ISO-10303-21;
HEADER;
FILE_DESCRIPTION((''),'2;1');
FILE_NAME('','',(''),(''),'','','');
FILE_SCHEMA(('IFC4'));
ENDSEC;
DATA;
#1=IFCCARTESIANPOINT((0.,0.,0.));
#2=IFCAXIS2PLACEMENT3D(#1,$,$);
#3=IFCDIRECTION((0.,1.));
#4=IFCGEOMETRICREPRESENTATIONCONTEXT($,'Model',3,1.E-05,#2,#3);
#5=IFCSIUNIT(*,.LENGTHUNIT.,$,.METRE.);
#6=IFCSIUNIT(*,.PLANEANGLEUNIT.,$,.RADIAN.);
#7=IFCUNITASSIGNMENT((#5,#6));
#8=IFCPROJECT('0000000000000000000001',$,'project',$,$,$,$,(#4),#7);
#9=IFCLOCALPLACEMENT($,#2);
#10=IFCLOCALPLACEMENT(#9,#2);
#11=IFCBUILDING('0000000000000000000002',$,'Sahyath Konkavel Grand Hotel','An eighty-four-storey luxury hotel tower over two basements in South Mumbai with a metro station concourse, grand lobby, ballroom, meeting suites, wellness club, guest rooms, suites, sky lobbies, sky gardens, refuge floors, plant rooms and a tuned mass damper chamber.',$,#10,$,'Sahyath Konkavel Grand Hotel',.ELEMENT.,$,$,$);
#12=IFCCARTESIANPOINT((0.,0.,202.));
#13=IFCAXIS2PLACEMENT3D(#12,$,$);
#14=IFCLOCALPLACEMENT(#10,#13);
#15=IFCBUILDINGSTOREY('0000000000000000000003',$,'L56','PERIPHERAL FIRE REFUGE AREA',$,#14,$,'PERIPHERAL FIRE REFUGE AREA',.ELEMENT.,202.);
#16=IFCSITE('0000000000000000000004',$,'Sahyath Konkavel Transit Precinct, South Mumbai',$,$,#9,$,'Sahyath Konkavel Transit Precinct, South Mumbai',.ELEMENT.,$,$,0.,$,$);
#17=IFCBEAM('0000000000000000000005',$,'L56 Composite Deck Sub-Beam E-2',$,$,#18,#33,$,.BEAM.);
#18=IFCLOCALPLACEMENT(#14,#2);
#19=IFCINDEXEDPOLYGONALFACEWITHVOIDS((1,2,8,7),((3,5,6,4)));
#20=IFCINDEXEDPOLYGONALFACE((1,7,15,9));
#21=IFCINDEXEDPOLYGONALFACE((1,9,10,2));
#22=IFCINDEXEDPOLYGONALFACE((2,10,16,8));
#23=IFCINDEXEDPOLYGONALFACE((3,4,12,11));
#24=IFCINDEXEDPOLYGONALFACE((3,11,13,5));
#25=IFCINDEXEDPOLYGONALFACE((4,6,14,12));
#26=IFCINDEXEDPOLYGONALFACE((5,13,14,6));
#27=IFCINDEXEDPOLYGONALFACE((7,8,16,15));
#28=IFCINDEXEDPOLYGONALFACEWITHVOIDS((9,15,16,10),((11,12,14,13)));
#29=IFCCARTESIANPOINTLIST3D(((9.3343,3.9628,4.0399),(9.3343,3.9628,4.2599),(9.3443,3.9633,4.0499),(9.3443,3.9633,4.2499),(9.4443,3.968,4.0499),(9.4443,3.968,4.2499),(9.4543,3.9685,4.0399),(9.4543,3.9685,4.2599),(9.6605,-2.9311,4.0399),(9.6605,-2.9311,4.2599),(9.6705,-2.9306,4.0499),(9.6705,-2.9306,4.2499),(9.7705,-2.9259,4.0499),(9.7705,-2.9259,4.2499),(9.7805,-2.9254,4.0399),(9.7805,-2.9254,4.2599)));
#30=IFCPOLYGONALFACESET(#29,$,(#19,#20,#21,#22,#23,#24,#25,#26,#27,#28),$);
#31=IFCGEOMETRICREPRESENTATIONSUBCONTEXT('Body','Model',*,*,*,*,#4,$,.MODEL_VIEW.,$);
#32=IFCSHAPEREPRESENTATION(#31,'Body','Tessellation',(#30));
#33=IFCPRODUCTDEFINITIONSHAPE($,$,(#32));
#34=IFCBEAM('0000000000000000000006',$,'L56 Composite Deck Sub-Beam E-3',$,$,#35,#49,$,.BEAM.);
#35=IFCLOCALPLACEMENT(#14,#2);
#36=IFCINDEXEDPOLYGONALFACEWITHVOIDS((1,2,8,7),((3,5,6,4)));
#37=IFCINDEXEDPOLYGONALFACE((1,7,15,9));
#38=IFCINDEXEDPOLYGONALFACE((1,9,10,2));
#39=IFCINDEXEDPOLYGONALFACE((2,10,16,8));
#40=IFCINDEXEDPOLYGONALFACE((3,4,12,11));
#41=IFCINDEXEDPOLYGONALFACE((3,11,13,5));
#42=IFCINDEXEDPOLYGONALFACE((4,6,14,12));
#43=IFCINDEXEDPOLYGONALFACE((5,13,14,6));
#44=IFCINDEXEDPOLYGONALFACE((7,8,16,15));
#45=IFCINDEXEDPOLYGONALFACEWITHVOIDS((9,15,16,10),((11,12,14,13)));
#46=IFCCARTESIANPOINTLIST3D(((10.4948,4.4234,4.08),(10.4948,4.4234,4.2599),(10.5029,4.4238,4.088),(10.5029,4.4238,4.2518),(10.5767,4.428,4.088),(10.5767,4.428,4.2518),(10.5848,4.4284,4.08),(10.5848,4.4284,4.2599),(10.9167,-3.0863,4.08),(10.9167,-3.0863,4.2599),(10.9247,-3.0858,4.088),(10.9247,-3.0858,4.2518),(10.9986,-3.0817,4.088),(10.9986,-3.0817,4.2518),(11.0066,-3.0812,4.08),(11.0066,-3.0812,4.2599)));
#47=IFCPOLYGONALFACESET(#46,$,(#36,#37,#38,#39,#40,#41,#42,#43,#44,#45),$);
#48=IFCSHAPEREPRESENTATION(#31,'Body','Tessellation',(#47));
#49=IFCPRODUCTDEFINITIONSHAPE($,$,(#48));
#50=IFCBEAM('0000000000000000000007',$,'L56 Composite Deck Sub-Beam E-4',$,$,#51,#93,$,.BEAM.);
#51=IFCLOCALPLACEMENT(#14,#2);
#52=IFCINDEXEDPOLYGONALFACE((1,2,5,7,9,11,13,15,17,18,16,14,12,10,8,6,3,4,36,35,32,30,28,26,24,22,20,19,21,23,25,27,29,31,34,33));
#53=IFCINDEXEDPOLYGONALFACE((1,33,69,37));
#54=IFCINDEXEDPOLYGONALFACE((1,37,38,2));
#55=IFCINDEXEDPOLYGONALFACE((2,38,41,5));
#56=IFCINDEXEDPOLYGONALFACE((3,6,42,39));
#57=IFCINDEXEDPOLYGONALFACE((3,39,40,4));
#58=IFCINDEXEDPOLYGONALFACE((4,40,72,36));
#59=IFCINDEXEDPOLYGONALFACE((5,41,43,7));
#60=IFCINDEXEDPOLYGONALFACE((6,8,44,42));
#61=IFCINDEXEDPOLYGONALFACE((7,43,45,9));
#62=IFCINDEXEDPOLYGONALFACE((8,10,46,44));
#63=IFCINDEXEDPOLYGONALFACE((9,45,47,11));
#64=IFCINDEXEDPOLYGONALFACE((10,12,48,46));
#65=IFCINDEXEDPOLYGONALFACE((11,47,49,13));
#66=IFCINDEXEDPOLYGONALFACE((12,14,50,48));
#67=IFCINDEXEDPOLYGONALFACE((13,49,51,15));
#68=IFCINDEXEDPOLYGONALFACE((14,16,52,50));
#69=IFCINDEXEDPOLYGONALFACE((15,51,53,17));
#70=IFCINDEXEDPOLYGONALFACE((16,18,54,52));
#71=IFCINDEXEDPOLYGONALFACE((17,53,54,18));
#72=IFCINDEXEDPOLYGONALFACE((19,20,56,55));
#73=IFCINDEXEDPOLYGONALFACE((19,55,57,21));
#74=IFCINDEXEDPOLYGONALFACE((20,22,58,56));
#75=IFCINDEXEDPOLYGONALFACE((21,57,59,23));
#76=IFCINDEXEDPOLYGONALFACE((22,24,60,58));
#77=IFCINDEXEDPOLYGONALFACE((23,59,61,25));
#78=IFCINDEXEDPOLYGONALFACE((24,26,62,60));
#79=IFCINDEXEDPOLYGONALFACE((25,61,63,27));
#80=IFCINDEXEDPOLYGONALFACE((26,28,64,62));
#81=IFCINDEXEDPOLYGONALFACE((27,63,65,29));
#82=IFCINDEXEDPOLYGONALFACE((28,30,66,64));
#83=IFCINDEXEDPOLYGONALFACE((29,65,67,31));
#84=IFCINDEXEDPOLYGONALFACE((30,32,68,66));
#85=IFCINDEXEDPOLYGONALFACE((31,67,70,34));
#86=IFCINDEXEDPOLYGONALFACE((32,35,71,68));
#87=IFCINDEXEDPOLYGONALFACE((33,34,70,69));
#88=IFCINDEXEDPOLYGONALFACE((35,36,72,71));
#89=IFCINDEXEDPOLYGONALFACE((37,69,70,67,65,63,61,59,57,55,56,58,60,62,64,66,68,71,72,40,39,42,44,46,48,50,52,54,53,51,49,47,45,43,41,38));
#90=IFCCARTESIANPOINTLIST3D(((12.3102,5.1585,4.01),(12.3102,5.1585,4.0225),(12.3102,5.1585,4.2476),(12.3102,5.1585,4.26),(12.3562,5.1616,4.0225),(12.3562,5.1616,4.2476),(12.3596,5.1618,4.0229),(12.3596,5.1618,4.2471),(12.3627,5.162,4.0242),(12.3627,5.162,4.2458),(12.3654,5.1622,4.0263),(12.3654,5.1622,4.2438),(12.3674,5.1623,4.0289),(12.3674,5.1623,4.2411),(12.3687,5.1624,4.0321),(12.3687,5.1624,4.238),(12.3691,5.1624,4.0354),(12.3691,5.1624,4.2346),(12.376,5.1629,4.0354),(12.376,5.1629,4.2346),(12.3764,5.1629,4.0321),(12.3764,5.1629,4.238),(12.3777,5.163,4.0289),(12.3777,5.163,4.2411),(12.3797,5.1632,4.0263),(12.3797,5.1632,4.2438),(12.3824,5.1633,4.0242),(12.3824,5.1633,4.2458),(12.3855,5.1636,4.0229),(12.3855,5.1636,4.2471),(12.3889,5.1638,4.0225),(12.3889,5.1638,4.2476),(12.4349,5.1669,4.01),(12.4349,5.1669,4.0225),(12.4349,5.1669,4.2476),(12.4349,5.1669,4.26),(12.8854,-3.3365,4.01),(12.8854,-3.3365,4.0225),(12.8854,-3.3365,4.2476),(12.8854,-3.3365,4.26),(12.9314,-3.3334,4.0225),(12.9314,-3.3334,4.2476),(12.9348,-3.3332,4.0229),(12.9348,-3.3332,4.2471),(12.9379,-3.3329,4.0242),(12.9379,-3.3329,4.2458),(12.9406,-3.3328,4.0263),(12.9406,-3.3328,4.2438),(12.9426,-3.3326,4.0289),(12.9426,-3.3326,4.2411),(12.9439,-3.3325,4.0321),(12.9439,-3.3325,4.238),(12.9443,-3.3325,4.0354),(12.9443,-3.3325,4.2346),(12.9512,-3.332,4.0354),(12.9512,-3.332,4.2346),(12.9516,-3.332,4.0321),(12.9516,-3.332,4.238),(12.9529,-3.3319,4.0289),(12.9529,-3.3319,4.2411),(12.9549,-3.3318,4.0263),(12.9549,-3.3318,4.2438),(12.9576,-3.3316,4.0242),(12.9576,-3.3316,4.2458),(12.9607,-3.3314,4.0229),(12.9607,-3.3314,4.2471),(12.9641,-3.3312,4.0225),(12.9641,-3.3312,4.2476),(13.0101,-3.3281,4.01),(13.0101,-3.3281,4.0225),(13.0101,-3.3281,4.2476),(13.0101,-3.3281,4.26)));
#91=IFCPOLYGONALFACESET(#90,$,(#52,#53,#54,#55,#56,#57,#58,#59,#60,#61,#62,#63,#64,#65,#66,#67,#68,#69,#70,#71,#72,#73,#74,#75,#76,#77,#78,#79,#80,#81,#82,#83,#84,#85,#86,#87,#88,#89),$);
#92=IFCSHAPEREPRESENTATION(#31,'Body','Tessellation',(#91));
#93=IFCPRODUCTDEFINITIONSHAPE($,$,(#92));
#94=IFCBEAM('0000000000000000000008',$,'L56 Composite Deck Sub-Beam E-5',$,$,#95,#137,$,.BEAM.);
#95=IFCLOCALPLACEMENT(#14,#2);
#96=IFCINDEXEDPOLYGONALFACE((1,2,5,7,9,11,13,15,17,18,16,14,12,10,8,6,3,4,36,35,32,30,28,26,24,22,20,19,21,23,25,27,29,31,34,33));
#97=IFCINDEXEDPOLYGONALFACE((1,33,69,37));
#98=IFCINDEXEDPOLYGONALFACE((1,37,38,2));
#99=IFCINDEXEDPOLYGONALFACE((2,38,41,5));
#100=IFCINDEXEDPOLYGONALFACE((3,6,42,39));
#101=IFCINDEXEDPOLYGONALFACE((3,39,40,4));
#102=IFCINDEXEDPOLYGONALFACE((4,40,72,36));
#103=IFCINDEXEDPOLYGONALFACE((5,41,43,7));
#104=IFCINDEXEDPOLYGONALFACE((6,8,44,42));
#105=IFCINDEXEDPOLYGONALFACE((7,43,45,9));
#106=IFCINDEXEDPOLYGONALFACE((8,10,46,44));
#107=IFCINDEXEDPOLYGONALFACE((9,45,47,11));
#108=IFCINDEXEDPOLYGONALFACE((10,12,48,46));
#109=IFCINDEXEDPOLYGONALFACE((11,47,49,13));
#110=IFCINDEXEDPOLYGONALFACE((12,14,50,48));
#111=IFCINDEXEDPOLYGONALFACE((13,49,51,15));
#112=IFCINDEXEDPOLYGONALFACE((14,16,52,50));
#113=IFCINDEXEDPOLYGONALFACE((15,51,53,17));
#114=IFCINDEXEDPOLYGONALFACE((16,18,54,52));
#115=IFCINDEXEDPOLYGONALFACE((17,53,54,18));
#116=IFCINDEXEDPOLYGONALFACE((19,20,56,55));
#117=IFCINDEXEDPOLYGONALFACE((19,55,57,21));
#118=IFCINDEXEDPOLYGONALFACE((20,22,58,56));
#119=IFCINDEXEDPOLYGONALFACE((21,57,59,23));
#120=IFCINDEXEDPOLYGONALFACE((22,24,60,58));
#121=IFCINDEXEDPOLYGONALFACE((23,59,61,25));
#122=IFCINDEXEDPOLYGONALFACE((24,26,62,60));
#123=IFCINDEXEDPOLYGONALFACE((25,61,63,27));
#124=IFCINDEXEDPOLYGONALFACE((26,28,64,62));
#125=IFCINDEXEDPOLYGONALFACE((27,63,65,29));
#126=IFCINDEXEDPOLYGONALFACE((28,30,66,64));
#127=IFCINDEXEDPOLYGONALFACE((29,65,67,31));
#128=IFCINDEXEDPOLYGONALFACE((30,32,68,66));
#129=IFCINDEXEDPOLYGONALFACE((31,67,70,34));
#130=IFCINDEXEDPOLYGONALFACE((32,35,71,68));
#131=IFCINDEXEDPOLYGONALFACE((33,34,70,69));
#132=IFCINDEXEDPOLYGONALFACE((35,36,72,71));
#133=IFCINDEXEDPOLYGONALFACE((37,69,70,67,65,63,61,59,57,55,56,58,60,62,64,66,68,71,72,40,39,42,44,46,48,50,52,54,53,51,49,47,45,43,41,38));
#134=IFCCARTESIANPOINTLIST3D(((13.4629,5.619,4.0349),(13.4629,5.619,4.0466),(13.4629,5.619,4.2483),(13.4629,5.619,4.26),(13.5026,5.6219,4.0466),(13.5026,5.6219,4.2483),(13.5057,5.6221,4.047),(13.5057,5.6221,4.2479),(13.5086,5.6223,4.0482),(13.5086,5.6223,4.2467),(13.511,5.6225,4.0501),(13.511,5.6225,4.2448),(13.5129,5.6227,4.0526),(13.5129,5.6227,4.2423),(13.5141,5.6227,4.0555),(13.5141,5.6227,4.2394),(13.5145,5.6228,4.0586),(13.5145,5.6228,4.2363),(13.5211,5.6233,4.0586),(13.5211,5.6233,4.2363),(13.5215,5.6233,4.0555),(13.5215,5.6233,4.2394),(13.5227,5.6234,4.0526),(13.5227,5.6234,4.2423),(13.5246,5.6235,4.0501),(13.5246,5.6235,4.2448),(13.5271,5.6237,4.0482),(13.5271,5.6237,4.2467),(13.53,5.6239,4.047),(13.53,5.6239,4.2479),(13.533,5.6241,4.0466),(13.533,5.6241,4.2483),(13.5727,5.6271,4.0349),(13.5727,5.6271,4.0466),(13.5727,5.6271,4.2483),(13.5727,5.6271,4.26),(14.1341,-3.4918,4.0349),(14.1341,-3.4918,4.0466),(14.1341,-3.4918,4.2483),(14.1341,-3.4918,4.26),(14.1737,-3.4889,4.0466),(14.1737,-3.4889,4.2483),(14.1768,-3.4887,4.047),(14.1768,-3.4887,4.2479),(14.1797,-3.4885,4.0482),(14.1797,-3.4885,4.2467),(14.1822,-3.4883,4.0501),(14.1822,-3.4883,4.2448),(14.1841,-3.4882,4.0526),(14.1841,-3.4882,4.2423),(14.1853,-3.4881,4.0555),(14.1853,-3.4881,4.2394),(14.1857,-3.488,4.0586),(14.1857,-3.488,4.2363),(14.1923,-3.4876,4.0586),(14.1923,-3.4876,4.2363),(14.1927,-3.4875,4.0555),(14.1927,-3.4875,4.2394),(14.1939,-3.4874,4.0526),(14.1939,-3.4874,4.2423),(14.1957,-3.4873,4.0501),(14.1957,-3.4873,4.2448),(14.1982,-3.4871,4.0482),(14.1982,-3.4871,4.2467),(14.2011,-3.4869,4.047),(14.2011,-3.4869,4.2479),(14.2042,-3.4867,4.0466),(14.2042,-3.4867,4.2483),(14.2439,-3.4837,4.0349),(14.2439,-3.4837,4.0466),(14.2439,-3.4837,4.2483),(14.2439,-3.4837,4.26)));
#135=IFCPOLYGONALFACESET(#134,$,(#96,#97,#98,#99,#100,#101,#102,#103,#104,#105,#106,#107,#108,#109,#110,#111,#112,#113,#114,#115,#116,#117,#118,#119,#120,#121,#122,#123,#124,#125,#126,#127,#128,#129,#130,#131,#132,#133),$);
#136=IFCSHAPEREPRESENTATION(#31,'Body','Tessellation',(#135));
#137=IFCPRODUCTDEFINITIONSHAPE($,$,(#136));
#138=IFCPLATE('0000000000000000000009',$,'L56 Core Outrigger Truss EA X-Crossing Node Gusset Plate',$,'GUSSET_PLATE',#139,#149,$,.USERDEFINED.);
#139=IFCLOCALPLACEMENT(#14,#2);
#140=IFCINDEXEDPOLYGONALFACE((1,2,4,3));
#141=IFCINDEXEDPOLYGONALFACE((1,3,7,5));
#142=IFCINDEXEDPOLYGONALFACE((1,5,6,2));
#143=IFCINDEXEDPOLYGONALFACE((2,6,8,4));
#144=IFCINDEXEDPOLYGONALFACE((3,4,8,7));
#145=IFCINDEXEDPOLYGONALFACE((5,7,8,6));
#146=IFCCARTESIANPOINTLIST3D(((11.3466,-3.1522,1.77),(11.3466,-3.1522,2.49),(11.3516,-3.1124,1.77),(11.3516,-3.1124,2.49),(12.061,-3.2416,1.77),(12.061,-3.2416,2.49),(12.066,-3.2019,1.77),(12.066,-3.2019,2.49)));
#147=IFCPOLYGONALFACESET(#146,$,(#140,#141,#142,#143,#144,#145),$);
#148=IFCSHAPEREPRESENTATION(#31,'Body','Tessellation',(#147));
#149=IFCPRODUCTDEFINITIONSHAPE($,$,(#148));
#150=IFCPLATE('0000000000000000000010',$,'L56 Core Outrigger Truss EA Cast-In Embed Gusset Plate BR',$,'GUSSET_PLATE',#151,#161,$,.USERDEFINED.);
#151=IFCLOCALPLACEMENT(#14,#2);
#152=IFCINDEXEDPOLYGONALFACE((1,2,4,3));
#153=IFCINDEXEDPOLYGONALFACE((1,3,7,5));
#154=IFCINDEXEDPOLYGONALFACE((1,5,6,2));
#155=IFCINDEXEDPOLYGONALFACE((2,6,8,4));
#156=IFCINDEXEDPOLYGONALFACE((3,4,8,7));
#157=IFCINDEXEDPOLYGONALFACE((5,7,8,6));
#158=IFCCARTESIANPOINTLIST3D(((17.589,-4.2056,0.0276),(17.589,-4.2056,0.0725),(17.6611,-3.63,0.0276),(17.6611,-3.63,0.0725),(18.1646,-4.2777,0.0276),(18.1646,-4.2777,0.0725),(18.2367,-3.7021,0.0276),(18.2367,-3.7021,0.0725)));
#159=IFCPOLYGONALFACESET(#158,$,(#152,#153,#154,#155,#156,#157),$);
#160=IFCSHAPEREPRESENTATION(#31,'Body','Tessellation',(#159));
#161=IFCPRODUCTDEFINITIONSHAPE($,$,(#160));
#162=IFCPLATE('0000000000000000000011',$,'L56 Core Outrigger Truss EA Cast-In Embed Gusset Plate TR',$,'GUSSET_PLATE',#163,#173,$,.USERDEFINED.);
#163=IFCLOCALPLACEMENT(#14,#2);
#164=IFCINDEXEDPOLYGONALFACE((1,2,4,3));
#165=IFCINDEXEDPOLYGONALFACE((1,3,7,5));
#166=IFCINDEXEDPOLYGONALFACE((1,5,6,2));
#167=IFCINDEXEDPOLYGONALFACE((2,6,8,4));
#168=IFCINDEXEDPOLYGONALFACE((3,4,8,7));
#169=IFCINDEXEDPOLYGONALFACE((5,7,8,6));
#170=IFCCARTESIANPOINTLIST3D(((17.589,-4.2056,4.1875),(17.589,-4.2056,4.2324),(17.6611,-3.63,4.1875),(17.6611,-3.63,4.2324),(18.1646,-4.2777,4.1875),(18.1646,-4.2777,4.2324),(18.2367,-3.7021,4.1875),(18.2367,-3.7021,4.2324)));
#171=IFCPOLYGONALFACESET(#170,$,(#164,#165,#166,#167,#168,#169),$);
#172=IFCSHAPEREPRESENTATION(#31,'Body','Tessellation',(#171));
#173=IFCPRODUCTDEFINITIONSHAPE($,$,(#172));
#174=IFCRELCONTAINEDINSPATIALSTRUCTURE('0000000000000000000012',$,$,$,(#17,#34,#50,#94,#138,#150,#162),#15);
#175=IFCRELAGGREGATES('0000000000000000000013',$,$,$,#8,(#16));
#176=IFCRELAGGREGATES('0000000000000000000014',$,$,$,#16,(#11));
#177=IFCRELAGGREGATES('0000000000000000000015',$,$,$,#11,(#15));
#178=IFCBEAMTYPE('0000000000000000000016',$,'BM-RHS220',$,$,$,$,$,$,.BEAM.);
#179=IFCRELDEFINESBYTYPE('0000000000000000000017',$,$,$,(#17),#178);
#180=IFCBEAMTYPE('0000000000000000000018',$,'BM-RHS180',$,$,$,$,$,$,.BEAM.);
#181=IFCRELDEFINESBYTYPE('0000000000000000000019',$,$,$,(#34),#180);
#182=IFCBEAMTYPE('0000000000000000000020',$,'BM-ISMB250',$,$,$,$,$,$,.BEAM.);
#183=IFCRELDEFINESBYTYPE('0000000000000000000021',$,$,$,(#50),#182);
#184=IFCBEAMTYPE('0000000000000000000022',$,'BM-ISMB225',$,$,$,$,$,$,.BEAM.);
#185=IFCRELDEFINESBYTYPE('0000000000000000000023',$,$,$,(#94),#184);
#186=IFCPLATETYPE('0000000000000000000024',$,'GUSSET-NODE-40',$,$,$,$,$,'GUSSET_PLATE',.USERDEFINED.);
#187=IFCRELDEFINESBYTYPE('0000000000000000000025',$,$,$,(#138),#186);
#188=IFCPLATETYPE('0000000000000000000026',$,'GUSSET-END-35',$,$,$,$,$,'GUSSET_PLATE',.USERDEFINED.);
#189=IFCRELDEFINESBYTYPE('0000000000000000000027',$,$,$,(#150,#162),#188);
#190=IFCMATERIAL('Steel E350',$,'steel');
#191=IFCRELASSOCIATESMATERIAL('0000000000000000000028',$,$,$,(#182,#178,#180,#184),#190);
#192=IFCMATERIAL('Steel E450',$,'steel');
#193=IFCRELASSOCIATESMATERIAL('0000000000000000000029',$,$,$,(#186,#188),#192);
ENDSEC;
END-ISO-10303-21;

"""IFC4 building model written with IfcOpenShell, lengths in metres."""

from ifc_helpers import new_model, si_unit, direction, frame, origin, origin_2d, place, context, subcontext, project, spatial, rectangle, hollow_rectangle, i_section, extrude, source, transform, mapped, material, material_profile, profile_set, type_object, element, save


model = new_model("IFC4")

# Units and contexts
model_context = context("Model", 3, precision=1e-05, world=origin(), true_north=direction((0.0, 1.0)))
body_context = subcontext(model_context, "Body", "Model", "MODEL_VIEW")
ifc_project = project(units=[si_unit("LENGTHUNIT", "METRE"), si_unit("PLANEANGLEUNIT", "RADIAN")], contexts=[model_context])

# Site, building, storey
site_placement = place(None, origin())
site = spatial("IfcSite", under=ifc_project, at=site_placement, Name="Sahyath Konkavel Transit Precinct, South Mumbai", LongName="Sahyath Konkavel Transit Precinct, South Mumbai", CompositionType="ELEMENT", RefElevation=0.0)
building_placement = place(site_placement, origin())
building = spatial("IfcBuilding", under=site, at=building_placement, Name="Sahyath Konkavel Grand Hotel", Description="An eighty-four-storey luxury hotel tower over two basements in South Mumbai with a metro station concourse, grand lobby, ballroom, meeting suites, wellness club, guest rooms, suites, sky lobbies, sky gardens, refuge floors, plant rooms and a tuned mass damper chamber.", LongName="Sahyath Konkavel Grand Hotel", CompositionType="ELEMENT")
storey_placement = place(building_placement, frame((0.0, 0.0, 202.0)))
storey = spatial("IfcBuildingStorey", under=building, at=storey_placement, Name="L56", Description="PERIPHERAL FIRE REFUGE AREA", LongName="PERIPHERAL FIRE REFUGE AREA", CompositionType="ELEMENT", Elevation=202.0)

# Shared definitions
ifc_material_1 = material(Name="Steel E350", Category="steel")
ifc_material_profile_1 = material_profile(ifc_material_1, i_section(OverallWidth=0.125, OverallDepth=0.25, WebThickness=0.0068, FlangeThickness=0.0125, FilletRadius=0.0129, at=origin_2d()), Name="ISMB 250")
ifc_profile_set_1 = profile_set([ifc_material_profile_1], Name="Steel E350")
beam_type_1 = type_object("IfcBeamType", Name="BM-ISMB250", PredefinedType="BEAM", material=ifc_profile_set_1)
ifc_material_2 = material(Name="Steel E450", Category="steel")

# Beams
ifc_material_profile_2 = material_profile(ifc_material_1, hollow_rectangle(XDim=0.1201, YDim=0.22, WallThickness=0.01, at=origin_2d()), Name="RHS 220x120x10")
ifc_profile_set_2 = profile_set([ifc_material_profile_2], Name="Steel E350")
beam_type_2 = type_object("IfcBeamType", Name="BM-RHS220", PredefinedType="BEAM", material=ifc_profile_set_2)
shared_shape_1 = source(origin(), body_context, "Body", "SweptSolid", [
    extrude(hollow_rectangle(XDim=0.1201, YDim=0.22, WallThickness=0.01, at=origin_2d()), origin(), (0.0, 0.0, 1.0), 6.9016),
])
beam_1_placement = place(storey_placement, frame((9.7205, -2.9282, 4.1499), z_axis=(-0.047261, 0.998883, 0.0), x_axis=(-0.998883, -0.047261, 0.0)))
element("IfcBeam", 1, at=beam_1_placement, inside=storey, type_object=beam_type_2, Name="L56 Composite Deck Sub-Beam E-2", PredefinedType="BEAM", context=body_context, shape_type="MappedRepresentation", body=[
    mapped(shared_shape_1, transform((0.0, 0.0, 0.0), scale=1.0)),
])
ifc_material_profile_3 = material_profile(ifc_material_1, hollow_rectangle(XDim=0.0901, YDim=0.1799, WallThickness=0.0081, at=origin_2d()), Name="RHS 180x90x8")
ifc_profile_set_3 = profile_set([ifc_material_profile_3], Name="Steel E350")
beam_type_3 = type_object("IfcBeamType", Name="BM-RHS180", PredefinedType="BEAM", material=ifc_profile_set_3)
shared_shape_2 = source(origin(), body_context, "Body", "SweptSolid", [
    extrude(hollow_rectangle(XDim=0.0901, YDim=0.1799, WallThickness=0.0081, at=origin_2d()), origin(), (0.0, 0.0, 1.0), 7.5215),
])
beam_2_placement = place(storey_placement, frame((10.9617, -3.0837, 4.1699), z_axis=(-0.05609, 0.998426, 0.0), x_axis=(-0.998426, -0.05609, 0.0)))
element("IfcBeam", 2, at=beam_2_placement, inside=storey, type_object=beam_type_3, Name="L56 Composite Deck Sub-Beam E-3", PredefinedType="BEAM", context=body_context, shape_type="MappedRepresentation", body=[
    mapped(shared_shape_2, transform((0.0, 0.0, 0.0), scale=1.0)),
])
shared_shape_3 = source(origin(), body_context, "Body", "SweptSolid", [
    extrude(i_section(OverallWidth=0.125, OverallDepth=0.25, WebThickness=0.0068, FlangeThickness=0.0125, FilletRadius=0.0129, at=origin_2d()), origin(), (0.0, 0.0, 1.0), 8.5144),
])
beam_3_placement = place(storey_placement, frame((12.9478, -3.3323, 4.135), z_axis=(-0.067556, 0.997715, 0.0), x_axis=(-0.997715, -0.067556, 0.0)))
element("IfcBeam", 3, at=beam_3_placement, inside=storey, type_object=beam_type_1, Name="L56 Composite Deck Sub-Beam E-4", PredefinedType="BEAM", context=body_context, shape_type="MappedRepresentation", body=[
    mapped(shared_shape_3, transform((0.0, 0.0, 0.0), scale=1.0)),
])
ifc_material_profile_4 = material_profile(ifc_material_1, i_section(OverallWidth=0.1101, OverallDepth=0.2251, WebThickness=0.0066, FlangeThickness=0.0117, FilletRadius=0.012, at=origin_2d()), Name="ISMB 225")
ifc_profile_set_4 = profile_set([ifc_material_profile_4], Name="Steel E350")
beam_type_4 = type_object("IfcBeamType", Name="BM-ISMB225", PredefinedType="BEAM", material=ifc_profile_set_4)
shared_shape_4 = source(origin(), body_context, "Body", "SweptSolid", [
    extrude(i_section(OverallWidth=0.1101, OverallDepth=0.2251, WebThickness=0.0066, FlangeThickness=0.0117, FilletRadius=0.012, at=origin_2d()), origin(), (0.0, 0.0, 1.0), 9.1355),
])
beam_4_placement = place(storey_placement, frame((14.189, -3.4878, 4.1475), z_axis=(-0.073465, 0.997298, 0.0), x_axis=(-0.997298, -0.073465, 0.0)))
element("IfcBeam", 4, at=beam_4_placement, inside=storey, type_object=beam_type_4, Name="L56 Composite Deck Sub-Beam E-5", PredefinedType="BEAM", context=body_context, shape_type="MappedRepresentation", body=[
    mapped(shared_shape_4, transform((0.0, 0.0, 0.0), scale=1.0)),
])

# Plates
plate_type_1 = type_object("IfcPlateType", Name="GUSSET-NODE-40", ElementType="GUSSET_PLATE", PredefinedType="USERDEFINED", material=ifc_material_2)
shared_shape_5 = source(origin(), body_context, "Body", "SweptSolid", [
    extrude(rectangle(XDim=0.72, YDim=0.04, at=origin_2d()), origin(), (0.0, 0.0, 1.0), 0.72),
])
plate_1_placement = place(storey_placement, frame((11.7063, -3.177, 1.77), z_axis=(0.0, 0.0, 1.0), x_axis=(0.992256, -0.124208, 0.0)))
element("IfcPlate", 5, at=plate_1_placement, inside=storey, type_object=plate_type_1, Name="L56 Core Outrigger Truss EA X-Crossing Node Gusset Plate", ObjectType="GUSSET_PLATE", PredefinedType="USERDEFINED", context=body_context, shape_type="MappedRepresentation", body=[
    mapped(shared_shape_5, transform((0.0, 0.0, 0.0), scale=1.0)),
])
plate_type_2 = type_object("IfcPlateType", Name="GUSSET-END-35", ElementType="GUSSET_PLATE", PredefinedType="USERDEFINED", material=ifc_material_2)
shared_shape_6 = source(origin(), body_context, "Body", "SweptSolid", [
    extrude(rectangle(XDim=0.5801, YDim=0.5801, at=origin_2d()), origin(), (0.0, 0.0, 1.0), 0.0449),
])
for number, where, z_axis, x_axis, name in (
    (6, (17.9128, -3.9539, 0.0276), (0.0, 0.0, 1.0), (0.992256, -0.124208, 0.0), "L56 Core Outrigger Truss EA Cast-In Embed Gusset Plate BR"),
    (7, (17.9128, -3.9539, 4.1875), (0.0, 0.0, 1.0), (0.992256, -0.124208, 0.0), "L56 Core Outrigger Truss EA Cast-In Embed Gusset Plate TR"),
):
    element("IfcPlate", number, at=place(storey_placement, frame(where, z_axis=z_axis, x_axis=x_axis)), inside=storey, type_object=plate_type_2, Name=name, ObjectType="GUSSET_PLATE", PredefinedType="USERDEFINED", context=body_context, shape_type="MappedRepresentation", body=[
        mapped(shared_shape_6, transform((0.0, 0.0, 0.0), scale=1.0)),
    ])

save(model, "model.ifc")
